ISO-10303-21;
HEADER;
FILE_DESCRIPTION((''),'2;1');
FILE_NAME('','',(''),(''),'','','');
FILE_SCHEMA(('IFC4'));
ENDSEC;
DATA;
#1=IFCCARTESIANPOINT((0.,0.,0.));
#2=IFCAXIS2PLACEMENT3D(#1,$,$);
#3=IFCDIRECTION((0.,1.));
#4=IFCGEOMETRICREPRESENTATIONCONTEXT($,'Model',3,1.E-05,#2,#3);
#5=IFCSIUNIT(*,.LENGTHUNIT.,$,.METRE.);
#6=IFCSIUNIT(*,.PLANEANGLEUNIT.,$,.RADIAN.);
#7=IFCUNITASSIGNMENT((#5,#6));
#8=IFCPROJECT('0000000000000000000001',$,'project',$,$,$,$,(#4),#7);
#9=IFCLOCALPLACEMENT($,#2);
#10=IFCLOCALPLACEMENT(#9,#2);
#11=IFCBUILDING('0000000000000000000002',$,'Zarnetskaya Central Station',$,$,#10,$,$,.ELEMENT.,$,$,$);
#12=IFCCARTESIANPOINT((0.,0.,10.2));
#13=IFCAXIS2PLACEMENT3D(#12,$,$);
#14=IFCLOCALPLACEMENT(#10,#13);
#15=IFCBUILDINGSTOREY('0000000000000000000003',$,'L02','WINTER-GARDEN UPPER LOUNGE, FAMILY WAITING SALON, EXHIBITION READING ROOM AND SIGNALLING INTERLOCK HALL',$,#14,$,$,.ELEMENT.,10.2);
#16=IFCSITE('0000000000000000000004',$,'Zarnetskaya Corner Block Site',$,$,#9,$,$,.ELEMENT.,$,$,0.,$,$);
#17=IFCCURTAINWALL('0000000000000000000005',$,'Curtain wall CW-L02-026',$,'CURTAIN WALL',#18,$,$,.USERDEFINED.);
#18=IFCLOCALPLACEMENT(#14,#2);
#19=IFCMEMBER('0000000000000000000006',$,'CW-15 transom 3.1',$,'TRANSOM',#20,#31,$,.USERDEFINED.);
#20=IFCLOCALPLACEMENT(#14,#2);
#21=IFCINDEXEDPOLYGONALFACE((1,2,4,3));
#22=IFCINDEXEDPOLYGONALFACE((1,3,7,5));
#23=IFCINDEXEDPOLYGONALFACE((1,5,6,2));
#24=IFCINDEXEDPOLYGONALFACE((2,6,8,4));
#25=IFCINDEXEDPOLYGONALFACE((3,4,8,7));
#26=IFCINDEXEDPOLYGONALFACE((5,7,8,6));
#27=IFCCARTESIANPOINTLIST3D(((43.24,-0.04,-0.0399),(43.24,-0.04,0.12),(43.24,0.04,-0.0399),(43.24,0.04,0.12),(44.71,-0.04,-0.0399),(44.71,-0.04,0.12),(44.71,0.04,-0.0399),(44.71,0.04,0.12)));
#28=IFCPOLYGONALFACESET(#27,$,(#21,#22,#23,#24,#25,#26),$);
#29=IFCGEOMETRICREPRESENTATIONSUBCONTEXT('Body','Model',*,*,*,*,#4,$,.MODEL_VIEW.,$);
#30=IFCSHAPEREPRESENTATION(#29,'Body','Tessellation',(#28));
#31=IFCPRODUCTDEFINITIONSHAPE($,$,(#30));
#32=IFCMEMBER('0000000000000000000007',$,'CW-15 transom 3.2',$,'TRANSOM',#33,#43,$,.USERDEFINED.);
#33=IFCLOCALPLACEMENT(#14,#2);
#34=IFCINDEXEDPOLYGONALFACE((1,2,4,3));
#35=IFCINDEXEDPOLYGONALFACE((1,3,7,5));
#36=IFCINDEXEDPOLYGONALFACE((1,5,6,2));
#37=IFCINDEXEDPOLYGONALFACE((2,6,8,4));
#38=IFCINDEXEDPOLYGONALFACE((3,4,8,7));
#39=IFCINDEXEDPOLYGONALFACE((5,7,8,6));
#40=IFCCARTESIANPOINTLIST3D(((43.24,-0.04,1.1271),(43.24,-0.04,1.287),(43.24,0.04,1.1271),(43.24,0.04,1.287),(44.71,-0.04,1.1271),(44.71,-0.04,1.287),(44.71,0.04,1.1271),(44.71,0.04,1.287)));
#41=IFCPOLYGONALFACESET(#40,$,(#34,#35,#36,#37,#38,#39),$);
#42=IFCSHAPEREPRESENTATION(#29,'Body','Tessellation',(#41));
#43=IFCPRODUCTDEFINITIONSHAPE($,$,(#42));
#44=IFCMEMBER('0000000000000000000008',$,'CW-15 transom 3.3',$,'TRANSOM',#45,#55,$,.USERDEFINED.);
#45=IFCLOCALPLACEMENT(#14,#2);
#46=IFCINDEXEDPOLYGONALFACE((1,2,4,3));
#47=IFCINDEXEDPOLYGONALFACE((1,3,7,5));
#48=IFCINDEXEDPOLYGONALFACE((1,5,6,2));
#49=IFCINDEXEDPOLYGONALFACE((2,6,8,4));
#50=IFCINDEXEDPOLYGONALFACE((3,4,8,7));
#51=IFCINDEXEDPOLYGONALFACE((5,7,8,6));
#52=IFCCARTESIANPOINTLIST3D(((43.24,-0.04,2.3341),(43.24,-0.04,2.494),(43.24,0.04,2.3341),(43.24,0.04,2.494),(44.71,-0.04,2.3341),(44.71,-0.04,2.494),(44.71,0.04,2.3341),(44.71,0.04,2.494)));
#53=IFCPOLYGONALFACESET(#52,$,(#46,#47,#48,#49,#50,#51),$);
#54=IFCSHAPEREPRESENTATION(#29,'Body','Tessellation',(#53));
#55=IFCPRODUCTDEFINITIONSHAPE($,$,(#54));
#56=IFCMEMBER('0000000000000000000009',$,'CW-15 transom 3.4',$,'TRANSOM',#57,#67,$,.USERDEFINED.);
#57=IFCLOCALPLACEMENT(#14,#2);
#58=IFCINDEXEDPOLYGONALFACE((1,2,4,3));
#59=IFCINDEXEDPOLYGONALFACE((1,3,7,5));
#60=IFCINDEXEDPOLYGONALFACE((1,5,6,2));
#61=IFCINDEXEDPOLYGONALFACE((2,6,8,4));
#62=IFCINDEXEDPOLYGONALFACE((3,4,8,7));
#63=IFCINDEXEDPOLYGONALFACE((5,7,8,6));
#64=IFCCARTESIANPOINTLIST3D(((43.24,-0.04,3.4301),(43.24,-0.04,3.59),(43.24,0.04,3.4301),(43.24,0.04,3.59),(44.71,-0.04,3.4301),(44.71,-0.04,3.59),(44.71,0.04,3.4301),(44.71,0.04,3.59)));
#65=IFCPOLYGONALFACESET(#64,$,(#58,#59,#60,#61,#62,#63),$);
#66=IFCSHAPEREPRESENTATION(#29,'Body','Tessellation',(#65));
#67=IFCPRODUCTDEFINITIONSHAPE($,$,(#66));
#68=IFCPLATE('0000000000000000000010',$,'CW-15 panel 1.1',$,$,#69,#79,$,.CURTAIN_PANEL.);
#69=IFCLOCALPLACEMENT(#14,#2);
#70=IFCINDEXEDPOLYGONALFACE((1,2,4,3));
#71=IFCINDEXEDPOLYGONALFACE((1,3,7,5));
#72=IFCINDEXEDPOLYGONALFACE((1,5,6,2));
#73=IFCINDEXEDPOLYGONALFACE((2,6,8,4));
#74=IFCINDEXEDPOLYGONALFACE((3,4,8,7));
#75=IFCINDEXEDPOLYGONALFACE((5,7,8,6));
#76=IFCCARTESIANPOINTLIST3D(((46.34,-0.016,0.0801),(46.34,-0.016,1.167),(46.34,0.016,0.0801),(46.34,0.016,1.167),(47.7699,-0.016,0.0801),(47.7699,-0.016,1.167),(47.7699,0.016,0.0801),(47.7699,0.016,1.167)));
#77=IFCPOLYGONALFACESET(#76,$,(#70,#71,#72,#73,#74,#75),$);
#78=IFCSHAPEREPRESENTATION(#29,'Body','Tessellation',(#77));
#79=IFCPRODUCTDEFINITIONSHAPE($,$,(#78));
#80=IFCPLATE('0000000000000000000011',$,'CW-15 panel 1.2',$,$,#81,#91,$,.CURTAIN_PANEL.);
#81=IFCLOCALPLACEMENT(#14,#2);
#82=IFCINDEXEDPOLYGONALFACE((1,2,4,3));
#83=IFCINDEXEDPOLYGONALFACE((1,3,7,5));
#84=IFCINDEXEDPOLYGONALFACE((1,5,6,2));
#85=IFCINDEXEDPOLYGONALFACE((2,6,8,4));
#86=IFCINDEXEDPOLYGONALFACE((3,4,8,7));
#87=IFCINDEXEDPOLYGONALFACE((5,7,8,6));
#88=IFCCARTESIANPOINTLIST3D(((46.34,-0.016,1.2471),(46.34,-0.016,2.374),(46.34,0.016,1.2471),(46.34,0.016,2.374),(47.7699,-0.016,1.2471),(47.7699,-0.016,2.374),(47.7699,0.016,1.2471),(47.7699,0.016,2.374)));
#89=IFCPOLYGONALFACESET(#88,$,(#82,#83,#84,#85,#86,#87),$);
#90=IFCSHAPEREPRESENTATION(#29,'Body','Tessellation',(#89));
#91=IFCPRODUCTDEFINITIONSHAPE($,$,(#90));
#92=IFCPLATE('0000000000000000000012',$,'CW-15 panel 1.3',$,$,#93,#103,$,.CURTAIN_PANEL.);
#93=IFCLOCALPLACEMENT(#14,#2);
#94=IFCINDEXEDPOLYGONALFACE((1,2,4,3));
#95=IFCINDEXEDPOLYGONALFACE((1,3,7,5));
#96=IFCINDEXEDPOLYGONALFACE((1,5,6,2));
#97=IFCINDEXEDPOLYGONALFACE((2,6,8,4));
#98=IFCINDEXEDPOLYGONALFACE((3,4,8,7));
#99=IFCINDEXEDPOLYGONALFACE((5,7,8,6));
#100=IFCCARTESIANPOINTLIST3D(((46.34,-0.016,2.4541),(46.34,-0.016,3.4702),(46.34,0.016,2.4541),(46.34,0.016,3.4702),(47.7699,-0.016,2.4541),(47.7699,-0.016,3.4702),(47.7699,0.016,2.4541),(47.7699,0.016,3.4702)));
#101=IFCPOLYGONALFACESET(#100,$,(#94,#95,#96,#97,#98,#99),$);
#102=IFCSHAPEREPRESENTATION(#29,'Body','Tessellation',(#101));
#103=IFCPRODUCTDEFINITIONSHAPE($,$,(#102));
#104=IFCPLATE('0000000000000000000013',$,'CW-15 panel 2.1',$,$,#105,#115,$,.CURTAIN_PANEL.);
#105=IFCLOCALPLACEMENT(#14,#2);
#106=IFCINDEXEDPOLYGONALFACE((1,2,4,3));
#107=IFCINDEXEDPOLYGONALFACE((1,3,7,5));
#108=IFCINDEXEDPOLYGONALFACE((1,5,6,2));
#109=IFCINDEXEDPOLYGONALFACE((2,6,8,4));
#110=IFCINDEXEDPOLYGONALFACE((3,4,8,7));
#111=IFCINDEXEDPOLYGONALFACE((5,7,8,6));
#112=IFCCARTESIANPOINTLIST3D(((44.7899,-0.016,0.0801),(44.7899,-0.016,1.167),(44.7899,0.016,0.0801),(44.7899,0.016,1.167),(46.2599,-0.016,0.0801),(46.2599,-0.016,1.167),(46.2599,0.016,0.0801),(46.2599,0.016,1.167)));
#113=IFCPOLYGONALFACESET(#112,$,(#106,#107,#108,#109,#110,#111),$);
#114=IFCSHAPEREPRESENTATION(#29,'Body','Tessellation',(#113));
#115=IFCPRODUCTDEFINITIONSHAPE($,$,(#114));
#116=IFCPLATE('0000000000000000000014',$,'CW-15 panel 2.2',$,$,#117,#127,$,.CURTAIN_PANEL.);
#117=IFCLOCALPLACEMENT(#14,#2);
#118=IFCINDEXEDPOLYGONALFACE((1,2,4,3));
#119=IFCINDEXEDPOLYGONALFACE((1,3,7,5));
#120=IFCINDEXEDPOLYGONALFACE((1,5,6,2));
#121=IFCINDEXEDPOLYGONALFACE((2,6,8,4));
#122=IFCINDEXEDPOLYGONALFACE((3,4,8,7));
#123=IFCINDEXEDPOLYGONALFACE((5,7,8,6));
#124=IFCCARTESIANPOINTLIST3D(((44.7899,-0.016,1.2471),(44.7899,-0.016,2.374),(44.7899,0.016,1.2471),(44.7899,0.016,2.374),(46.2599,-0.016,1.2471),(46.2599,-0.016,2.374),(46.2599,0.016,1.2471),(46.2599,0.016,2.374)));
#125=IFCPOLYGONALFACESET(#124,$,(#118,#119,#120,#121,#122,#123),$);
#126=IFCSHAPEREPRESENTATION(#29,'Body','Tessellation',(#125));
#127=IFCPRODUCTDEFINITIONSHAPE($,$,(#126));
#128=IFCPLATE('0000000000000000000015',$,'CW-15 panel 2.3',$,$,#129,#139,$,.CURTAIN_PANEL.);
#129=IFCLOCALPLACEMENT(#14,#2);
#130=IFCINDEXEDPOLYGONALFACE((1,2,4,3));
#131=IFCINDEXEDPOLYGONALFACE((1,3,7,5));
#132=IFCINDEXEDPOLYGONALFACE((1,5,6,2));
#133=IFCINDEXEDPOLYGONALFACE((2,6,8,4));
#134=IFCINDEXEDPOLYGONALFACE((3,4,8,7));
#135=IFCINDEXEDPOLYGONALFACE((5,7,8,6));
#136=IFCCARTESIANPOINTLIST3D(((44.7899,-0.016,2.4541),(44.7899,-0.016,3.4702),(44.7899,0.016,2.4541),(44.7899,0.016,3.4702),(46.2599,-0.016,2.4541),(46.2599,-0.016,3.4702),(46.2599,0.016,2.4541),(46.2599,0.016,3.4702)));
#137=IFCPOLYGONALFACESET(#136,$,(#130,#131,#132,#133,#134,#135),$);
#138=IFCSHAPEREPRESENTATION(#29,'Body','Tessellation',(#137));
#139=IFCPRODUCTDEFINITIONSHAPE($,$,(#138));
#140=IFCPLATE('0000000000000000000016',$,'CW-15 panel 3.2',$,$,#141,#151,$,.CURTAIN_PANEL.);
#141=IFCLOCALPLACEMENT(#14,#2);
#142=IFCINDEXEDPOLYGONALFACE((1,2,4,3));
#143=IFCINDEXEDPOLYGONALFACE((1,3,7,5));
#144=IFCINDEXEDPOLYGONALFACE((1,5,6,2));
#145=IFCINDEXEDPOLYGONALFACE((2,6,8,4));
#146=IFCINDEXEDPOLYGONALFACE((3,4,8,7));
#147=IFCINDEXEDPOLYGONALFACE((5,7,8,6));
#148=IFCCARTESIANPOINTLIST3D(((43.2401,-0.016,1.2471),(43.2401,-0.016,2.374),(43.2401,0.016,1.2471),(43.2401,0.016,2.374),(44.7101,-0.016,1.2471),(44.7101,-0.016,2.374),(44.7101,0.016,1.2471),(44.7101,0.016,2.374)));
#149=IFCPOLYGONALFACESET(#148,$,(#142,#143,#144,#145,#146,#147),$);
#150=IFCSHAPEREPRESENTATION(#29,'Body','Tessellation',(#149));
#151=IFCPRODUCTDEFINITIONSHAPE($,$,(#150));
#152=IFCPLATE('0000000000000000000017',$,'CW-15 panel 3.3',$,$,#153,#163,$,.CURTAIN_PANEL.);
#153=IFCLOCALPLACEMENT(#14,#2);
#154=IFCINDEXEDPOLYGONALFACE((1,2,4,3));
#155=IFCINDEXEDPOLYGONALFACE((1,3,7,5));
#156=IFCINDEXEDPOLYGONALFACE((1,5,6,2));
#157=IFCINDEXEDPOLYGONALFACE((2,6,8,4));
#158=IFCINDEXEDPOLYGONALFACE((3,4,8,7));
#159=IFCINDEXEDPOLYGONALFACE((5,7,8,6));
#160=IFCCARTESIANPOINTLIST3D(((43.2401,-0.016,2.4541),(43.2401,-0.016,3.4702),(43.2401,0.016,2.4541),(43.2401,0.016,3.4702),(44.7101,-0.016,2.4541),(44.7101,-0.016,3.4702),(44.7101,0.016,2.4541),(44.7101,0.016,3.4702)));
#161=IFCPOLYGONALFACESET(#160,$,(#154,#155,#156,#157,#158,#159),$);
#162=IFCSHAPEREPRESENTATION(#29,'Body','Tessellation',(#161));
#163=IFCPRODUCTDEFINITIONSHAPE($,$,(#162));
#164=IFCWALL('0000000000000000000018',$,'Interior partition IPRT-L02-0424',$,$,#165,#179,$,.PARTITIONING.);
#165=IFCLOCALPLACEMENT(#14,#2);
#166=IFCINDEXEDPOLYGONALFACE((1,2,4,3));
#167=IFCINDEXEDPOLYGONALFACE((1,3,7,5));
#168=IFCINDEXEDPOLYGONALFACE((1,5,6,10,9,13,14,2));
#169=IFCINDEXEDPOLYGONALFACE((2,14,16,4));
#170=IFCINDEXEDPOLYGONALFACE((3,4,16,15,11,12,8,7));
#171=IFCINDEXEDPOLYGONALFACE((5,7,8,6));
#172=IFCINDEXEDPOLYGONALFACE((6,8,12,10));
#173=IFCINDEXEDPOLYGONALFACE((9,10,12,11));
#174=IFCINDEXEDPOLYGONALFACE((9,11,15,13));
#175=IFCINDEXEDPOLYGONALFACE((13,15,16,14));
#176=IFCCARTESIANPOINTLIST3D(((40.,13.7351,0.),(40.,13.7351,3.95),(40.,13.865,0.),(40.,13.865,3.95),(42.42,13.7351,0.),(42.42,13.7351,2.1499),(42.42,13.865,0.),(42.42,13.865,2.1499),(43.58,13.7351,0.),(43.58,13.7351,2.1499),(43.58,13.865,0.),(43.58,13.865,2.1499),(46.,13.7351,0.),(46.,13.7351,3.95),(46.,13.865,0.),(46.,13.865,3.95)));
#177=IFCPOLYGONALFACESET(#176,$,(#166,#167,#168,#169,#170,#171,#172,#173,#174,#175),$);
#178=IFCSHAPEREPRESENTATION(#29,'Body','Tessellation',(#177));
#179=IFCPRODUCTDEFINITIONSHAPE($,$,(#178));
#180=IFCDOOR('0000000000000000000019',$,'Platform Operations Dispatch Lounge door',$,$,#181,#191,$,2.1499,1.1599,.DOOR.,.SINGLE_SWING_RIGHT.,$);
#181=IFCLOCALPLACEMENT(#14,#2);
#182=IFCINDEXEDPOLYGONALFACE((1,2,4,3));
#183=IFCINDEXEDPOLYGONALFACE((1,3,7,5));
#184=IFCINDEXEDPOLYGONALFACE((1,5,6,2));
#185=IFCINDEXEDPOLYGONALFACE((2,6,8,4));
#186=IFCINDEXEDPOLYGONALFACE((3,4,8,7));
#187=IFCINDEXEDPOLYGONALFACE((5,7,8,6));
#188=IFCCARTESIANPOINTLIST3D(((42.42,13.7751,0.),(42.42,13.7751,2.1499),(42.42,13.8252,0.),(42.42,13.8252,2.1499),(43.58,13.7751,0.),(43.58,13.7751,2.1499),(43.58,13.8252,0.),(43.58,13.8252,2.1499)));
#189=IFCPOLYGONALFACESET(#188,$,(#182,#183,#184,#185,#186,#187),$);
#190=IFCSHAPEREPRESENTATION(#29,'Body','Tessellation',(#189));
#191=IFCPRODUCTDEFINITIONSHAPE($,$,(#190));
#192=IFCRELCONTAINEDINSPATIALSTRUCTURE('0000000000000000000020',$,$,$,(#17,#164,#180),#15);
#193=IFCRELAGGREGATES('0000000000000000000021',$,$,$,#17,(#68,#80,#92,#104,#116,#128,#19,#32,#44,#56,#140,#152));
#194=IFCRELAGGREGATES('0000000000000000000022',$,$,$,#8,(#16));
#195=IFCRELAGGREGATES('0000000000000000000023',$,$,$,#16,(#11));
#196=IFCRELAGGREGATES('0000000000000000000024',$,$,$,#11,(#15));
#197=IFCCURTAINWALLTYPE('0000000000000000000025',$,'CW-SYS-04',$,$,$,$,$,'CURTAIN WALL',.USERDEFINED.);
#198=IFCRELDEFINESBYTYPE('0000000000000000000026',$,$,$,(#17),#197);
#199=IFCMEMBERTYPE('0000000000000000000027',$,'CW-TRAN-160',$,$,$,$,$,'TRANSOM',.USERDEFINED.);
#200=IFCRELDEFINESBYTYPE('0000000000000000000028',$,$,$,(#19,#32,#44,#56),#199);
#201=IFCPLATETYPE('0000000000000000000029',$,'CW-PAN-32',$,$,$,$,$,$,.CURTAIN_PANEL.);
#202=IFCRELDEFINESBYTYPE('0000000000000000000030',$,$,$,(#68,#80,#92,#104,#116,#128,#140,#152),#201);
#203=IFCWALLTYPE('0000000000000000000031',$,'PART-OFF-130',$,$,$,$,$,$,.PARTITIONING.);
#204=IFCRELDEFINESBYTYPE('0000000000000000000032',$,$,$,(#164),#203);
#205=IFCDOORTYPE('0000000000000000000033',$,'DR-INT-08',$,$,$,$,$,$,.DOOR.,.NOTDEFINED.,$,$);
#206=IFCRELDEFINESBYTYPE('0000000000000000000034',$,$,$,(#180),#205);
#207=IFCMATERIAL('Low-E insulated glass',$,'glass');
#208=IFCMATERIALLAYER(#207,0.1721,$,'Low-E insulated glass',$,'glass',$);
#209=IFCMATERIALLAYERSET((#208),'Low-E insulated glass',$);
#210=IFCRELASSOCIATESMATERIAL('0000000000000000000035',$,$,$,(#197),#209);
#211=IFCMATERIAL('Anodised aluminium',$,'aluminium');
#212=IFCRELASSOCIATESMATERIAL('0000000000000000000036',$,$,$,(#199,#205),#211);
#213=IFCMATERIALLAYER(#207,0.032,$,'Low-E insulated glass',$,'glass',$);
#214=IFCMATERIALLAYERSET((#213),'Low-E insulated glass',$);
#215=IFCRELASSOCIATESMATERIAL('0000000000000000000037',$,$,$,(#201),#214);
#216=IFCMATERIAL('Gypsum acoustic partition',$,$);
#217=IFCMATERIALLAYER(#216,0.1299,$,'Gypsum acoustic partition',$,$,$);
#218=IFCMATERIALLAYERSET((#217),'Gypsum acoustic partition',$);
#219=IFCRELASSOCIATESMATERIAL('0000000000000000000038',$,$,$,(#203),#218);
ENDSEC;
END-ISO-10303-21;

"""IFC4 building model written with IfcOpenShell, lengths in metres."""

from ifc_helpers import new_model, si_unit, direction, frame, frame_2d, origin, origin_2d, place, context, subcontext, project, spatial, rectangle, extrude, material, layer, layer_set, material_profile, profile_set, type_object, element, fill, aggregate, save


model = new_model("IFC4")

# Units and contexts
model_context = context("Model", 3, precision=1e-05, world=origin(), true_north=direction((0.0, 1.0)))
body_context = subcontext(model_context, "Body", "Model", "MODEL_VIEW")
ifc_project = project(units=[si_unit("LENGTHUNIT", "METRE"), si_unit("PLANEANGLEUNIT", "RADIAN")], contexts=[model_context])

# Site, building, storey
site_placement = place(None, origin())
site = spatial("IfcSite", under=ifc_project, at=site_placement, Name="Zarnetskaya Corner Block Site", CompositionType="ELEMENT", RefElevation=0.0)
building_placement = place(site_placement, origin())
building = spatial("IfcBuilding", under=site, at=building_placement, Name="Zarnetskaya Central Station", CompositionType="ELEMENT")
storey_placement = place(building_placement, frame((0.0, 0.0, 10.2)))
storey = spatial("IfcBuildingStorey", under=building, at=storey_placement, Name="L02", Description="WINTER-GARDEN UPPER LOUNGE, FAMILY WAITING SALON, EXHIBITION READING ROOM AND SIGNALLING INTERLOCK HALL", CompositionType="ELEMENT", Elevation=10.2)

# Curtain wall, members, plates
ifc_material_1 = material(Name="Low-E insulated glass", Category="glass")
ifc_layer_1 = layer(ifc_material_1, 0.1721, Name="Low-E insulated glass", Category="glass")
ifc_layer_set_1 = layer_set([ifc_layer_1], Name="Low-E insulated glass")
curtain_wall_type = type_object("IfcCurtainWallType", Name="CW-SYS-04", ElementType="CURTAIN WALL", PredefinedType="USERDEFINED", material=ifc_layer_set_1)
curtain_wall_placement = place(storey_placement, origin())
curtain_wall = element("IfcCurtainWall", 1, at=curtain_wall_placement, inside=storey, type_object=curtain_wall_type, Name="Curtain wall CW-L02-026", ObjectType="CURTAIN WALL", PredefinedType="USERDEFINED")
ifc_material_2 = material(Name="Anodised aluminium", Category="aluminium")
ifc_material_profile_1 = material_profile(ifc_material_2, rectangle(XDim=0.0801, YDim=0.1599, at=origin_2d()), Name="ALU TRAN 80x160")
ifc_profile_set_1 = profile_set([ifc_material_profile_1], Name="Anodised aluminium")
member_type_1 = type_object("IfcMemberType", Name="CW-TRAN-160", ElementType="TRANSOM", PredefinedType="USERDEFINED", material=ifc_profile_set_1)
member_1_placement = place(storey_placement, frame((44.71, 0.0, 0.04), z_axis=(-1.0, 0.0, 0.0), x_axis=(0.0, -1.0, 0.0)))
member_1 = element("IfcMember", 2, at=member_1_placement, type_object=member_type_1, Name="CW-15 transom 3.1", ObjectType="TRANSOM", PredefinedType="USERDEFINED", context=body_context, shape_type="SweptSolid", body=[
    extrude(rectangle(XDim=0.0801, YDim=0.1599, at=origin_2d()), origin(), (0.0, 0.0, 1.0), 1.47),
])
member_2_placement = place(storey_placement, frame((44.71, 0.0, 1.207), z_axis=(-1.0, 0.0, 0.0), x_axis=(0.0, -1.0, 0.0)))
member_2 = element("IfcMember", 3, at=member_2_placement, type_object=member_type_1, Name="CW-15 transom 3.2", ObjectType="TRANSOM", PredefinedType="USERDEFINED", context=body_context, shape_type="SweptSolid", body=[
    extrude(rectangle(XDim=0.0801, YDim=0.1599, at=origin_2d()), origin(), (0.0, 0.0, 1.0), 1.47),
])
member_3_placement = place(storey_placement, frame((44.71, 0.0, 2.4141), z_axis=(-1.0, 0.0, 0.0), x_axis=(0.0, -1.0, 0.0)))
member_3 = element("IfcMember", 4, at=member_3_placement, type_object=member_type_1, Name="CW-15 transom 3.3", ObjectType="TRANSOM", PredefinedType="USERDEFINED", context=body_context, shape_type="SweptSolid", body=[
    extrude(rectangle(XDim=0.0801, YDim=0.1599, at=origin_2d()), origin(), (0.0, 0.0, 1.0), 1.47),
])
member_4_placement = place(storey_placement, frame((44.71, 0.0, 3.51), z_axis=(-1.0, 0.0, 0.0), x_axis=(0.0, -1.0, 0.0)))
member_4 = element("IfcMember", 5, at=member_4_placement, type_object=member_type_1, Name="CW-15 transom 3.4", ObjectType="TRANSOM", PredefinedType="USERDEFINED", context=body_context, shape_type="SweptSolid", body=[
    extrude(rectangle(XDim=0.0801, YDim=0.1599, at=origin_2d()), origin(), (0.0, 0.0, 1.0), 1.47),
])
ifc_layer_2 = layer(ifc_material_1, 0.032, Name="Low-E insulated glass", Category="glass")
ifc_layer_set_2 = layer_set([ifc_layer_2], Name="Low-E insulated glass")
plate_type = type_object("IfcPlateType", Name="CW-PAN-32", PredefinedType="CURTAIN_PANEL", material=ifc_layer_set_2)
plate_1_placement = place(storey_placement, frame((47.0549, 0.0, 0.0801), z_axis=(0.0, 0.0, 1.0), x_axis=(-1.0, 0.0, 0.0)))
plate_1 = element("IfcPlate", 6, at=plate_1_placement, type_object=plate_type, Name="CW-15 panel 1.1", PredefinedType="CURTAIN_PANEL", context=body_context, shape_type="SweptSolid", body=[
    extrude(rectangle(XDim=1.4299, YDim=0.032, at=origin_2d()), origin(), (0.0, 0.0, 1.0), 1.0869),
])
plate_2_placement = place(storey_placement, frame((47.0549, 0.0, 1.2471), z_axis=(0.0, 0.0, 1.0), x_axis=(-1.0, 0.0, 0.0)))
plate_2 = element("IfcPlate", 7, at=plate_2_placement, type_object=plate_type, Name="CW-15 panel 1.2", PredefinedType="CURTAIN_PANEL", context=body_context, shape_type="SweptSolid", body=[
    extrude(rectangle(XDim=1.4299, YDim=0.032, at=origin_2d()), origin(), (0.0, 0.0, 1.0), 1.127),
])
plate_3_placement = place(storey_placement, frame((47.0549, 0.0, 2.4541), z_axis=(0.0, 0.0, 1.0), x_axis=(-1.0, 0.0, 0.0)))
plate_3 = element("IfcPlate", 8, at=plate_3_placement, type_object=plate_type, Name="CW-15 panel 1.3", PredefinedType="CURTAIN_PANEL", context=body_context, shape_type="SweptSolid", body=[
    extrude(rectangle(XDim=1.4299, YDim=0.032, at=origin_2d()), origin(), (0.0, 0.0, 1.0), 1.0161),
])
plate_4_placement = place(storey_placement, frame((45.5249, 0.0, 0.0801), z_axis=(0.0, 0.0, 1.0), x_axis=(-1.0, 0.0, 0.0)))
plate_4 = element("IfcPlate", 9, at=plate_4_placement, type_object=plate_type, Name="CW-15 panel 2.1", PredefinedType="CURTAIN_PANEL", context=body_context, shape_type="SweptSolid", body=[
    extrude(rectangle(XDim=1.47, YDim=0.032, at=origin_2d()), origin(), (0.0, 0.0, 1.0), 1.0869),
])
plate_5_placement = place(storey_placement, frame((45.5249, 0.0, 1.2471), z_axis=(0.0, 0.0, 1.0), x_axis=(-1.0, 0.0, 0.0)))
plate_5 = element("IfcPlate", 10, at=plate_5_placement, type_object=plate_type, Name="CW-15 panel 2.2", PredefinedType="CURTAIN_PANEL", context=body_context, shape_type="SweptSolid", body=[
    extrude(rectangle(XDim=1.47, YDim=0.032, at=origin_2d()), origin(), (0.0, 0.0, 1.0), 1.127),
])
plate_6_placement = place(storey_placement, frame((45.5249, 0.0, 2.4541), z_axis=(0.0, 0.0, 1.0), x_axis=(-1.0, 0.0, 0.0)))
plate_6 = element("IfcPlate", 11, at=plate_6_placement, type_object=plate_type, Name="CW-15 panel 2.3", PredefinedType="CURTAIN_PANEL", context=body_context, shape_type="SweptSolid", body=[
    extrude(rectangle(XDim=1.47, YDim=0.032, at=origin_2d()), origin(), (0.0, 0.0, 1.0), 1.0161),
])
plate_7_placement = place(storey_placement, frame((43.9751, 0.0, 1.2471), z_axis=(0.0, 0.0, 1.0), x_axis=(-1.0, 0.0, 0.0)))
plate_7 = element("IfcPlate", 12, at=plate_7_placement, type_object=plate_type, Name="CW-15 panel 3.2", PredefinedType="CURTAIN_PANEL", context=body_context, shape_type="SweptSolid", body=[
    extrude(rectangle(XDim=1.47, YDim=0.032, at=origin_2d()), origin(), (0.0, 0.0, 1.0), 1.127),
])
plate_8_placement = place(storey_placement, frame((43.9751, 0.0, 2.4541), z_axis=(0.0, 0.0, 1.0), x_axis=(-1.0, 0.0, 0.0)))
plate_8 = element("IfcPlate", 13, at=plate_8_placement, type_object=plate_type, Name="CW-15 panel 3.3", PredefinedType="CURTAIN_PANEL", context=body_context, shape_type="SweptSolid", body=[
    extrude(rectangle(XDim=1.47, YDim=0.032, at=origin_2d()), origin(), (0.0, 0.0, 1.0), 1.0161),
])
aggregate(curtain_wall, [plate_1, plate_2, plate_3, plate_4, plate_5, plate_6, member_1, member_2, member_3, member_4, plate_7, plate_8])

# Wall, opening, door
ifc_material_3 = material(Name="Gypsum acoustic partition")
ifc_layer_3 = layer(ifc_material_3, 0.1299, Name="Gypsum acoustic partition")
ifc_layer_set_3 = layer_set([ifc_layer_3], Name="Gypsum acoustic partition")
wall_type = type_object("IfcWallType", Name="PART-OFF-130", PredefinedType="PARTITIONING", material=ifc_layer_set_3)
wall_placement = place(storey_placement, frame((46.0, 13.8, 0.0), z_axis=(0.0, 0.0, 1.0), x_axis=(-1.0, 0.0, 0.0)))
wall = element("IfcWall", 14, at=wall_placement, inside=storey, type_object=wall_type, Name="Interior partition IPRT-L02-0424", PredefinedType="PARTITIONING", context=body_context, shape_type="SweptSolid", body=[
    extrude(rectangle(XDim=6.0, YDim=0.1299, at=frame_2d((3.0, 0.0))), origin(), (0.0, 0.0, 1.0), 3.95),
])
opening_placement = place(wall_placement, frame((2.4199, 0.0, 0.0)))
opening = element("IfcOpeningElement", 15, at=opening_placement, cuts=wall, PredefinedType="OPENING", context=body_context, shape_type="SweptSolid", body=[
    extrude(rectangle(XDim=1.1599, YDim=2.1499, at=frame_2d((0.5801, 1.075))), frame((0.0, 0.075, 0.0), z_axis=(0.0, -1.0, 0.0), x_axis=(1.0, 0.0, 0.0)), (0.0, 0.0, 1.0), 0.1499),
])
door_type = type_object("IfcDoorType", Name="DR-INT-08", OperationType="NOTDEFINED", PredefinedType="DOOR", material=ifc_material_2)
door_placement = place(opening_placement, origin())
door = element("IfcDoor", 16, at=door_placement, inside=storey, type_object=door_type, Name="Platform Operations Dispatch Lounge door", OperationType="SINGLE_SWING_RIGHT", OverallHeight=2.1499, OverallWidth=1.1599, PredefinedType="DOOR", context=body_context, shape_type="SweptSolid", body=[
    extrude(rectangle(XDim=1.1599, YDim=2.1499, at=frame_2d((0.5801, 1.075))), frame((0.0, 0.0249, 0.0), z_axis=(0.0, -1.0, 0.0), x_axis=(1.0, 0.0, 0.0)), (0.0, 0.0, 1.0), 0.05),
])
fill(opening, door)

save(model, "model.ifc")
